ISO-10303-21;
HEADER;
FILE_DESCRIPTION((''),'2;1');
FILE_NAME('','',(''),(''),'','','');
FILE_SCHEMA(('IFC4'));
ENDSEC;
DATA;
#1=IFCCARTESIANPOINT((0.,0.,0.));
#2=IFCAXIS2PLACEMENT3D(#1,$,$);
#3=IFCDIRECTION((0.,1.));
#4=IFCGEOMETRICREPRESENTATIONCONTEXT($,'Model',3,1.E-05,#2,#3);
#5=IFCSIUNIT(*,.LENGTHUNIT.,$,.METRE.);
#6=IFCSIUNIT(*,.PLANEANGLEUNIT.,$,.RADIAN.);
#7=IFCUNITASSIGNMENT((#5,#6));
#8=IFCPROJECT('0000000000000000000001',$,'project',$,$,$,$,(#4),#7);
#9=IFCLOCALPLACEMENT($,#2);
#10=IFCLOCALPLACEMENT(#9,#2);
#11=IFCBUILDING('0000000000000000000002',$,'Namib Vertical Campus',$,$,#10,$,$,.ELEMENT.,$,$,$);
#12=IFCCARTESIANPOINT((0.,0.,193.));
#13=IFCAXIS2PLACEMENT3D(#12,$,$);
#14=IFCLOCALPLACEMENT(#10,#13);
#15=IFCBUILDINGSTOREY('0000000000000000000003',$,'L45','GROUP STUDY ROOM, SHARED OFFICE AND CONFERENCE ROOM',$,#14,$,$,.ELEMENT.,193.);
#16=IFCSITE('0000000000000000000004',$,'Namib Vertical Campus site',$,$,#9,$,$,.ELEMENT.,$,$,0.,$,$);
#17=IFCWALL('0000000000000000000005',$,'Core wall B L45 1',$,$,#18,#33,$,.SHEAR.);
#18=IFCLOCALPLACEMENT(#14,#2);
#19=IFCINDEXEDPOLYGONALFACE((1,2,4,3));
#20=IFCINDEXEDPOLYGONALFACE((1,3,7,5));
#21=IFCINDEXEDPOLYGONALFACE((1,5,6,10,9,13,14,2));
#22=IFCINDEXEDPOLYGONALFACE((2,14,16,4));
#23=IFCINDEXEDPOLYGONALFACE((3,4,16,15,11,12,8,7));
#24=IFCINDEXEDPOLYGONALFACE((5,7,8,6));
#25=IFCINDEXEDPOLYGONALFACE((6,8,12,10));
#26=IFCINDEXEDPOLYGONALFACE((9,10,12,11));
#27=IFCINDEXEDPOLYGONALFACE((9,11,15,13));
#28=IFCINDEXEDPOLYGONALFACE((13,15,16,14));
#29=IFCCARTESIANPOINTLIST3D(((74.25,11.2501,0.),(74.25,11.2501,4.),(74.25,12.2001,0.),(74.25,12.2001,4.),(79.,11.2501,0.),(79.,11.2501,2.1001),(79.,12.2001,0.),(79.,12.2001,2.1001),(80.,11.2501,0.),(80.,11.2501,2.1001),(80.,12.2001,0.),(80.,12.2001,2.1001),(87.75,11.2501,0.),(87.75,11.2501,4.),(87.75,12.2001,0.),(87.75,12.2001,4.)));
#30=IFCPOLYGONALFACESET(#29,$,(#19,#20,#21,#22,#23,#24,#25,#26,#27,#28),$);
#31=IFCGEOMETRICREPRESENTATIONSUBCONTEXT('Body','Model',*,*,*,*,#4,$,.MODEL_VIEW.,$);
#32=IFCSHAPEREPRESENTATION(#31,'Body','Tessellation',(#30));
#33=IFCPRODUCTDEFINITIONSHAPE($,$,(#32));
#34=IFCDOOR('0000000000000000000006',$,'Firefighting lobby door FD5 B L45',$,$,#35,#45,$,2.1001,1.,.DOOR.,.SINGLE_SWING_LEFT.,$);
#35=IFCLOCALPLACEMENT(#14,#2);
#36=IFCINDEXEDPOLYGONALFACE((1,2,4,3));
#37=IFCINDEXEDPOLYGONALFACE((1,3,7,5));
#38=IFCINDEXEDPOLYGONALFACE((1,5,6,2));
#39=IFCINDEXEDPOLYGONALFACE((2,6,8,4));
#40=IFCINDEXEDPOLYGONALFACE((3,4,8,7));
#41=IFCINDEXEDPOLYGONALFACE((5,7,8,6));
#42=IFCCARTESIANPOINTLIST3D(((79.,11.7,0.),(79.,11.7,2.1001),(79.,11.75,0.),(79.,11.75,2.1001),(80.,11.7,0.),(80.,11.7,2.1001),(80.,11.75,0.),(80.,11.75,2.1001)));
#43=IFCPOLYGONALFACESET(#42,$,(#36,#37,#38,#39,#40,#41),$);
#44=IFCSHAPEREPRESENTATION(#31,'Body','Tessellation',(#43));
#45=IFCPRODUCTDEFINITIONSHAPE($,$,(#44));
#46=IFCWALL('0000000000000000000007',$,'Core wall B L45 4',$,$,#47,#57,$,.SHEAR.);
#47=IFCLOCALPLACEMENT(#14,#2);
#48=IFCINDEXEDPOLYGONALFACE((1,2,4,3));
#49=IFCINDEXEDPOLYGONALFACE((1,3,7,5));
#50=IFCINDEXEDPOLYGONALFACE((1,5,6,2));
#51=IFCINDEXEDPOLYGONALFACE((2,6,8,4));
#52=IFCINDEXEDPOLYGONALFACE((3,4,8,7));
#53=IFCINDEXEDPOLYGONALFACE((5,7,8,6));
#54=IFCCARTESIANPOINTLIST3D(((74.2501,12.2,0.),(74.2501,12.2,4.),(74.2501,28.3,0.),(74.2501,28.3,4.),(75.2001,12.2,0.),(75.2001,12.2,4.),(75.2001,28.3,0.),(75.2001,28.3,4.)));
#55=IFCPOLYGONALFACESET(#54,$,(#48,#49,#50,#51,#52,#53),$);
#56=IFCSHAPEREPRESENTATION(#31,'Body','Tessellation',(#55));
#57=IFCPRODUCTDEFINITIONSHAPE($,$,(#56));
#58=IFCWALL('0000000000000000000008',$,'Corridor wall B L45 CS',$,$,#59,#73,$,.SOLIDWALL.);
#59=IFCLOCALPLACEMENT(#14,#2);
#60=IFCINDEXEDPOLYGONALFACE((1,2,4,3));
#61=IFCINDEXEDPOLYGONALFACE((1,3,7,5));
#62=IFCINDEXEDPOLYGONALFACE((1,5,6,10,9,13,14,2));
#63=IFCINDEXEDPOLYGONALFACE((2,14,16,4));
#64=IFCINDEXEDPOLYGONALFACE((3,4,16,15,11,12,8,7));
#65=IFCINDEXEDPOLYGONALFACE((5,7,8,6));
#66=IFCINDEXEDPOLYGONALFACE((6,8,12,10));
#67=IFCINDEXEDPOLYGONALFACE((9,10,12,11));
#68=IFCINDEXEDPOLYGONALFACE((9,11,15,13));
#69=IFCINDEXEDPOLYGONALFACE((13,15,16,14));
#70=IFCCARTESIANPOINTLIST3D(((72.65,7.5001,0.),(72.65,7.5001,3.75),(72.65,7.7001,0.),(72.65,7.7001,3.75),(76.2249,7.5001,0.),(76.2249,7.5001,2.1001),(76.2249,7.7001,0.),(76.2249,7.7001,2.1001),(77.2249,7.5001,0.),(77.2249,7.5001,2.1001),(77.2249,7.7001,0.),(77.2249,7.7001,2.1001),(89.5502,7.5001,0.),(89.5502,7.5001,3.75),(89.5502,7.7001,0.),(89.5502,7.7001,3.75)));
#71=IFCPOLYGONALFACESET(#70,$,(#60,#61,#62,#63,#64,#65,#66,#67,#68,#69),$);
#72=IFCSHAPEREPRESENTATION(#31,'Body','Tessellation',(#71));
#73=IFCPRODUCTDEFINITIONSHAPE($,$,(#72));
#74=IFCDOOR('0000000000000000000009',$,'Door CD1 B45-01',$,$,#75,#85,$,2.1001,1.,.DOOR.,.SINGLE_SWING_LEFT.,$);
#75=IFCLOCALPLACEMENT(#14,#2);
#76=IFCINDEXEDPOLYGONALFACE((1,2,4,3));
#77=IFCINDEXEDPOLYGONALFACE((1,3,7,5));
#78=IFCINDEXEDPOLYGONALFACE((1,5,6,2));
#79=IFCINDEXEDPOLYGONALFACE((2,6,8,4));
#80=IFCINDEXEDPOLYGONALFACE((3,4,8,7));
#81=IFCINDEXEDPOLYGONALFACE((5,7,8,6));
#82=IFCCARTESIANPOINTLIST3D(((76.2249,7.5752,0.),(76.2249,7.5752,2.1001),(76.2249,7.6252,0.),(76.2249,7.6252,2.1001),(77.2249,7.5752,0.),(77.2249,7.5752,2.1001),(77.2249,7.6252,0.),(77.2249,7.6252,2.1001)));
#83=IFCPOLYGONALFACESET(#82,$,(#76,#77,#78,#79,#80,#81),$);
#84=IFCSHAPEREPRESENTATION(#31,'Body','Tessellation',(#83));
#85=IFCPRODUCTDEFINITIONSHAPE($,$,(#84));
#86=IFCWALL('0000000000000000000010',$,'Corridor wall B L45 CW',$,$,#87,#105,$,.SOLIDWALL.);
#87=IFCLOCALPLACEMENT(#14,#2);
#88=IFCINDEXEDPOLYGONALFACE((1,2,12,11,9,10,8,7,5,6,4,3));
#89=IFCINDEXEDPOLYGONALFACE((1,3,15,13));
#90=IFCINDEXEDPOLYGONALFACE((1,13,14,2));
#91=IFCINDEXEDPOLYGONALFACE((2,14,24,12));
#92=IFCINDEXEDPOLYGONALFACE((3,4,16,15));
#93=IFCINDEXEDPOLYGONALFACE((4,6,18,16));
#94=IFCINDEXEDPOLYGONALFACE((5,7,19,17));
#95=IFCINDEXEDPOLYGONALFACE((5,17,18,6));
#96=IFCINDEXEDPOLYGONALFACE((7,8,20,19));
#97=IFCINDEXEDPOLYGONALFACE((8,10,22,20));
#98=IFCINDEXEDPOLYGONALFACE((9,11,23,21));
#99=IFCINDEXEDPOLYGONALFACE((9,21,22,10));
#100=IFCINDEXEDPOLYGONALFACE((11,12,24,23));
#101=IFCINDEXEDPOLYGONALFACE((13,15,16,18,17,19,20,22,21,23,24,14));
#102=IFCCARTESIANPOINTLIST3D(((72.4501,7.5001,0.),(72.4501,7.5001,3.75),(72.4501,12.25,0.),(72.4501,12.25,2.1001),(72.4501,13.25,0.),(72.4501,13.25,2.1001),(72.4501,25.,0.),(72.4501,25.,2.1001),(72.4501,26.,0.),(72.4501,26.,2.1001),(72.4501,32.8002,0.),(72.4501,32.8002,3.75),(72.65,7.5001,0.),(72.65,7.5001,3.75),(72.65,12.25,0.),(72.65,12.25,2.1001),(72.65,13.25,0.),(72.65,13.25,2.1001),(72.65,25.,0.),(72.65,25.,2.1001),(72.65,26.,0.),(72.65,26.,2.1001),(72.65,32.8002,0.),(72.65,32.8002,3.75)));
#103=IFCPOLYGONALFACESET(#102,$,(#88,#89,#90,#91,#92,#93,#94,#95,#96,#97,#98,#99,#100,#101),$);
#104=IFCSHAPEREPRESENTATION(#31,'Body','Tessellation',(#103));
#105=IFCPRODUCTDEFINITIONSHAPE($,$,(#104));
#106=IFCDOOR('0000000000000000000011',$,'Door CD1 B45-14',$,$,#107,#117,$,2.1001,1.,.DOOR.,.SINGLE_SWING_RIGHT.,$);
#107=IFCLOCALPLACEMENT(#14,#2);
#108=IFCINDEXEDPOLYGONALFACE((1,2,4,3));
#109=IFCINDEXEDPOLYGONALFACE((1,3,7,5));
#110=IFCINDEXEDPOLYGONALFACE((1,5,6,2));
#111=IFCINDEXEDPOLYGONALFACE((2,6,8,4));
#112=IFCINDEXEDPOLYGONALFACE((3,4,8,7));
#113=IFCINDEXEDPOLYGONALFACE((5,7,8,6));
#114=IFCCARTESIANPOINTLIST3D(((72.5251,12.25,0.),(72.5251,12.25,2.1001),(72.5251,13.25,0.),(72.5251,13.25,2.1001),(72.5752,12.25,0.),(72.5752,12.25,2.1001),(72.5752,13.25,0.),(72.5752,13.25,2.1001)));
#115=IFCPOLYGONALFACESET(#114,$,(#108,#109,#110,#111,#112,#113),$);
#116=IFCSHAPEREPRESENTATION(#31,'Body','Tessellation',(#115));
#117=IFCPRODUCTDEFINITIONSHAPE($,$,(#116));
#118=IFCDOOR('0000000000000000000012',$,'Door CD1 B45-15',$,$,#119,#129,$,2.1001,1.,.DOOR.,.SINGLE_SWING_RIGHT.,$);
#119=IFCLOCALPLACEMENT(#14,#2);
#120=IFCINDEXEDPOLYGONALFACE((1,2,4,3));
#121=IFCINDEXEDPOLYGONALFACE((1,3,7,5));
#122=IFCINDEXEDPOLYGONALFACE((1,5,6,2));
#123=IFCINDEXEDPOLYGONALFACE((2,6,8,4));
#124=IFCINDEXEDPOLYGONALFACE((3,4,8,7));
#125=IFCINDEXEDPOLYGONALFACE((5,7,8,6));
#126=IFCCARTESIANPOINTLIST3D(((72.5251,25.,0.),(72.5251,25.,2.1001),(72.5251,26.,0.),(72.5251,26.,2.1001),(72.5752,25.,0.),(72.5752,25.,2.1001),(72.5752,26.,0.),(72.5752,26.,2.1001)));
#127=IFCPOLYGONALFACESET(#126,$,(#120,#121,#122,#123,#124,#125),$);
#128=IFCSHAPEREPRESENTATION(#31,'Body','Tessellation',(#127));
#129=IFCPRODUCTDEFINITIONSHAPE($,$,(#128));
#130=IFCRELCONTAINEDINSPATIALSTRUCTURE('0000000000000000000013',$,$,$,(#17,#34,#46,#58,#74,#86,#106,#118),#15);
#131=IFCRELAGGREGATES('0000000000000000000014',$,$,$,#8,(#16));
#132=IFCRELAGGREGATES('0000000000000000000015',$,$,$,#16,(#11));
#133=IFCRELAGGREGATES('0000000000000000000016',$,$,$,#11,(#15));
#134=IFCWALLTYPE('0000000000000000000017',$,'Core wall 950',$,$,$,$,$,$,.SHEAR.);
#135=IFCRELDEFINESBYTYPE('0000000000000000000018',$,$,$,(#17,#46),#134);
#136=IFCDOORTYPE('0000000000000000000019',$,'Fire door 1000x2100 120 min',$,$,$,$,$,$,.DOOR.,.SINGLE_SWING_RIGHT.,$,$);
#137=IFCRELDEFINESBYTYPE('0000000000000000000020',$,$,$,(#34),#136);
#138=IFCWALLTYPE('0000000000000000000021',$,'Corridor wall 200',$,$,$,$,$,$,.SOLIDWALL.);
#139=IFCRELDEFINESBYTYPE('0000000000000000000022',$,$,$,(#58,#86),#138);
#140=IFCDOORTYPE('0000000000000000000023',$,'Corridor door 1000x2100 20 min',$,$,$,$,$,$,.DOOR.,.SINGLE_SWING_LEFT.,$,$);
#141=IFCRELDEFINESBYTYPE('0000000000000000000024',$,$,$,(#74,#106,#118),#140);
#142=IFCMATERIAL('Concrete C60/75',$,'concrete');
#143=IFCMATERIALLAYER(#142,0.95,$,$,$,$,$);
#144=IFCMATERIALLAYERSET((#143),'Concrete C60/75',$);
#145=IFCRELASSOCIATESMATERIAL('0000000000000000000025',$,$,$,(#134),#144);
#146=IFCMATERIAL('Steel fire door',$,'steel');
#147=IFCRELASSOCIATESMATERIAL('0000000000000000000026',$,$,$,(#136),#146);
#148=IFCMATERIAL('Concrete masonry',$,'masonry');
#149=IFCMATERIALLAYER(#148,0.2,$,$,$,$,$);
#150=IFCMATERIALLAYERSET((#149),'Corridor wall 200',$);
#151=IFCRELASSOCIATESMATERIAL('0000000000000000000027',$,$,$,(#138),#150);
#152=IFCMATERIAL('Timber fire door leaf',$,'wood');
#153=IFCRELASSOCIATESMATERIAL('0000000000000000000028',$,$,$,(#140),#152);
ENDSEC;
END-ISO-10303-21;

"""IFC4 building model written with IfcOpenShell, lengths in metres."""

from ifc_helpers import new_model, si_unit, direction, frame, frame_2d, origin, place, context, subcontext, project, spatial, rectangle, extrude, material, layer, layer_set, type_object, element, fill, save


model = new_model("IFC4")

# Units and contexts
model_context = context("Model", 3, precision=1e-05, world=origin(), true_north=direction((0.0, 1.0)))
body_context = subcontext(model_context, "Body", "Model", "MODEL_VIEW")
ifc_project = project(units=[si_unit("LENGTHUNIT", "METRE"), si_unit("PLANEANGLEUNIT", "RADIAN")], contexts=[model_context])

# Site, building, storey
site_placement = place(None, origin())
site = spatial("IfcSite", under=ifc_project, at=site_placement, Name="Namib Vertical Campus site", CompositionType="ELEMENT", RefElevation=0.0)
building_placement = place(site_placement, origin())
building = spatial("IfcBuilding", under=site, at=building_placement, Name="Namib Vertical Campus", CompositionType="ELEMENT")
storey_placement = place(building_placement, frame((0.0, 0.0, 193.0)))
storey = spatial("IfcBuildingStorey", under=building, at=storey_placement, Name="L45", Description="GROUP STUDY ROOM, SHARED OFFICE AND CONFERENCE ROOM", CompositionType="ELEMENT", Elevation=193.0)

# Wall, opening, door
ifc_material_1 = material(Name="Concrete C60/75", Category="concrete")
ifc_layer_1 = layer(ifc_material_1, 0.95)
ifc_layer_set_1 = layer_set([ifc_layer_1], Name="Concrete C60/75")
wall_type_1 = type_object("IfcWallType", Name="Core wall 950", PredefinedType="SHEAR", material=ifc_layer_set_1)
wall_1_placement = place(storey_placement, frame((74.25, 11.7251, 0.0), z_axis=(0.0, 0.0, 1.0), x_axis=(1.0, 0.0, 0.0)))
wall_1 = element("IfcWall", 1, at=wall_1_placement, inside=storey, type_object=wall_type_1, Name="Core wall B L45 1", PredefinedType="SHEAR", context=body_context, shape_type="SweptSolid", body=[
    extrude(rectangle(XDim=13.5, YDim=0.95, at=frame_2d((6.75, 0.0))), origin(), (0.0, 0.0, 1.0), 4.0),
])
opening_1_placement = place(wall_1_placement, frame((4.75, 0.0, 0.0)))
opening_1 = element("IfcOpeningElement", 2, at=opening_1_placement, cuts=wall_1, PredefinedType="OPENING", context=body_context, shape_type="SweptSolid", body=[
    extrude(rectangle(XDim=1.0, YDim=2.1001, at=frame_2d((0.5, 1.05))), frame((0.0, 0.4849, 0.0), z_axis=(0.0, -1.0, 0.0), x_axis=(1.0, 0.0, 0.0)), (0.0, 0.0, 1.0), 0.97),
])
ifc_material_2 = material(Name="Steel fire door", Category="steel")
door_type_1 = type_object("IfcDoorType", Name="Fire door 1000x2100 120 min", OperationType="SINGLE_SWING_RIGHT", PredefinedType="DOOR", material=ifc_material_2)
door_1_placement = place(opening_1_placement, origin())
door_1 = element("IfcDoor", 3, at=door_1_placement, inside=storey, type_object=door_type_1, Name="Firefighting lobby door FD5 B L45", OperationType="SINGLE_SWING_LEFT", OverallHeight=2.1001, OverallWidth=1.0, PredefinedType="DOOR", context=body_context, shape_type="SweptSolid", body=[
    extrude(rectangle(XDim=1.0, YDim=2.1001, at=frame_2d((0.5, 1.05))), frame((0.0, 0.0249, 0.0), z_axis=(0.0, -1.0, 0.0), x_axis=(1.0, 0.0, 0.0)), (0.0, 0.0, 1.0), 0.05),
])
fill(opening_1, door_1)

# Wall
wall_2_placement = place(storey_placement, frame((74.7251, 28.3, 0.0), z_axis=(0.0, 0.0, 1.0), x_axis=(0.0, -1.0, 0.0)))
element("IfcWall", 4, at=wall_2_placement, inside=storey, type_object=wall_type_1, Name="Core wall B L45 4", PredefinedType="SHEAR", context=body_context, shape_type="SweptSolid", body=[
    extrude(rectangle(XDim=16.1001, YDim=0.95, at=frame_2d((8.05, 0.0))), origin(), (0.0, 0.0, 1.0), 4.0),
])

# Wall, opening, door
ifc_material_3 = material(Name="Concrete masonry", Category="masonry")
ifc_layer_2 = layer(ifc_material_3, 0.2)
ifc_layer_set_2 = layer_set([ifc_layer_2], Name="Corridor wall 200")
wall_type_2 = type_object("IfcWallType", Name="Corridor wall 200", PredefinedType="SOLIDWALL", material=ifc_layer_set_2)
wall_3_placement = place(storey_placement, frame((72.6499, 7.6001, 0.0), z_axis=(0.0, 0.0, 1.0), x_axis=(1.0, 0.0, 0.0)))
wall_3 = element("IfcWall", 5, at=wall_3_placement, inside=storey, type_object=wall_type_2, Name="Corridor wall B L45 CS", PredefinedType="SOLIDWALL", context=body_context, shape_type="SweptSolid", body=[
    extrude(rectangle(XDim=16.9001, YDim=0.2, at=frame_2d((8.4502, 0.0))), origin(), (0.0, 0.0, 1.0), 3.75),
])
opening_2_placement = place(wall_3_placement, frame((3.575, 0.0, 0.0)))
opening_2 = element("IfcOpeningElement", 6, at=opening_2_placement, cuts=wall_3, PredefinedType="OPENING", context=body_context, shape_type="SweptSolid", body=[
    extrude(rectangle(XDim=1.0, YDim=2.1001, at=frame_2d((0.5, 1.05))), frame((0.0, 0.1099, 0.0), z_axis=(0.0, -1.0, 0.0), x_axis=(1.0, 0.0, 0.0)), (0.0, 0.0, 1.0), 0.22),
])
ifc_material_4 = material(Name="Timber fire door leaf", Category="wood")
door_type_2 = type_object("IfcDoorType", Name="Corridor door 1000x2100 20 min", OperationType="SINGLE_SWING_LEFT", PredefinedType="DOOR", material=ifc_material_4)
door_2_placement = place(opening_2_placement, frame((1.0, 0.0, 0.0), z_axis=(0.0, 0.0, 1.0), x_axis=(-1.0, 0.0, 0.0)))
door_2 = element("IfcDoor", 7, at=door_2_placement, inside=storey, type_object=door_type_2, Name="Door CD1 B45-01", OperationType="SINGLE_SWING_LEFT", OverallHeight=2.1001, OverallWidth=1.0, PredefinedType="DOOR", context=body_context, shape_type="SweptSolid", body=[
    extrude(rectangle(XDim=1.0, YDim=2.1001, at=frame_2d((0.5, 1.05))), frame((0.0, 0.0249, 0.0), z_axis=(0.0, -1.0, 0.0), x_axis=(1.0, 0.0, 0.0)), (0.0, 0.0, 1.0), 0.05),
])
fill(opening_2, door_2)

# Wall, openings, doors
wall_4_placement = place(storey_placement, frame((72.55, 32.8, 0.0), z_axis=(0.0, 0.0, 1.0), x_axis=(0.0, -1.0, 0.0)))
wall_4 = element("IfcWall", 8, at=wall_4_placement, inside=storey, type_object=wall_type_2, Name="Corridor wall B L45 CW", PredefinedType="SOLIDWALL", context=body_context, shape_type="SweptSolid", body=[
    extrude(rectangle(XDim=25.3, YDim=0.2, at=frame_2d((12.6499, 0.0))), origin(), (0.0, 0.0, 1.0), 3.75),
])
opening_3_placement = place(wall_4_placement, frame((19.55, 0.0, 0.0)))
opening_3 = element("IfcOpeningElement", 9, at=opening_3_placement, cuts=wall_4, PredefinedType="OPENING", context=body_context, shape_type="SweptSolid", body=[
    extrude(rectangle(XDim=1.0, YDim=2.1001, at=frame_2d((0.5, 1.05))), frame((0.0, 0.1099, 0.0), z_axis=(0.0, -1.0, 0.0), x_axis=(1.0, 0.0, 0.0)), (0.0, 0.0, 1.0), 0.22),
])
opening_4_placement = place(wall_4_placement, frame((6.8, 0.0, 0.0)))
opening_4 = element("IfcOpeningElement", 10, at=opening_4_placement, cuts=wall_4, PredefinedType="OPENING", context=body_context, shape_type="SweptSolid", body=[
    extrude(rectangle(XDim=1.0, YDim=2.1001, at=frame_2d((0.5, 1.05))), frame((0.0, 0.1099, 0.0), z_axis=(0.0, -1.0, 0.0), x_axis=(1.0, 0.0, 0.0)), (0.0, 0.0, 1.0), 0.22),
])
door_3_placement = place(opening_3_placement, frame((1.0, 0.0, 0.0), z_axis=(0.0, 0.0, 1.0), x_axis=(-1.0, 0.0, 0.0)))
door_3 = element("IfcDoor", 11, at=door_3_placement, inside=storey, type_object=door_type_2, Name="Door CD1 B45-14", OperationType="SINGLE_SWING_RIGHT", OverallHeight=2.1001, OverallWidth=1.0, PredefinedType="DOOR", context=body_context, shape_type="SweptSolid", body=[
    extrude(rectangle(XDim=1.0, YDim=2.1001, at=frame_2d((0.5, 1.05))), frame((0.0, 0.0249, 0.0), z_axis=(0.0, -1.0, 0.0), x_axis=(1.0, 0.0, 0.0)), (0.0, 0.0, 1.0), 0.05),
])
fill(opening_3, door_3)
door_4_placement = place(opening_4_placement, frame((1.0, 0.0, 0.0), z_axis=(0.0, 0.0, 1.0), x_axis=(-1.0, 0.0, 0.0)))
door_4 = element("IfcDoor", 12, at=door_4_placement, inside=storey, type_object=door_type_2, Name="Door CD1 B45-15", OperationType="SINGLE_SWING_RIGHT", OverallHeight=2.1001, OverallWidth=1.0, PredefinedType="DOOR", context=body_context, shape_type="SweptSolid", body=[
    extrude(rectangle(XDim=1.0, YDim=2.1001, at=frame_2d((0.5, 1.05))), frame((0.0, 0.0249, 0.0), z_axis=(0.0, -1.0, 0.0), x_axis=(1.0, 0.0, 0.0)), (0.0, 0.0, 1.0), 0.05),
])
fill(opening_4, door_4)

save(model, "model.ifc")
